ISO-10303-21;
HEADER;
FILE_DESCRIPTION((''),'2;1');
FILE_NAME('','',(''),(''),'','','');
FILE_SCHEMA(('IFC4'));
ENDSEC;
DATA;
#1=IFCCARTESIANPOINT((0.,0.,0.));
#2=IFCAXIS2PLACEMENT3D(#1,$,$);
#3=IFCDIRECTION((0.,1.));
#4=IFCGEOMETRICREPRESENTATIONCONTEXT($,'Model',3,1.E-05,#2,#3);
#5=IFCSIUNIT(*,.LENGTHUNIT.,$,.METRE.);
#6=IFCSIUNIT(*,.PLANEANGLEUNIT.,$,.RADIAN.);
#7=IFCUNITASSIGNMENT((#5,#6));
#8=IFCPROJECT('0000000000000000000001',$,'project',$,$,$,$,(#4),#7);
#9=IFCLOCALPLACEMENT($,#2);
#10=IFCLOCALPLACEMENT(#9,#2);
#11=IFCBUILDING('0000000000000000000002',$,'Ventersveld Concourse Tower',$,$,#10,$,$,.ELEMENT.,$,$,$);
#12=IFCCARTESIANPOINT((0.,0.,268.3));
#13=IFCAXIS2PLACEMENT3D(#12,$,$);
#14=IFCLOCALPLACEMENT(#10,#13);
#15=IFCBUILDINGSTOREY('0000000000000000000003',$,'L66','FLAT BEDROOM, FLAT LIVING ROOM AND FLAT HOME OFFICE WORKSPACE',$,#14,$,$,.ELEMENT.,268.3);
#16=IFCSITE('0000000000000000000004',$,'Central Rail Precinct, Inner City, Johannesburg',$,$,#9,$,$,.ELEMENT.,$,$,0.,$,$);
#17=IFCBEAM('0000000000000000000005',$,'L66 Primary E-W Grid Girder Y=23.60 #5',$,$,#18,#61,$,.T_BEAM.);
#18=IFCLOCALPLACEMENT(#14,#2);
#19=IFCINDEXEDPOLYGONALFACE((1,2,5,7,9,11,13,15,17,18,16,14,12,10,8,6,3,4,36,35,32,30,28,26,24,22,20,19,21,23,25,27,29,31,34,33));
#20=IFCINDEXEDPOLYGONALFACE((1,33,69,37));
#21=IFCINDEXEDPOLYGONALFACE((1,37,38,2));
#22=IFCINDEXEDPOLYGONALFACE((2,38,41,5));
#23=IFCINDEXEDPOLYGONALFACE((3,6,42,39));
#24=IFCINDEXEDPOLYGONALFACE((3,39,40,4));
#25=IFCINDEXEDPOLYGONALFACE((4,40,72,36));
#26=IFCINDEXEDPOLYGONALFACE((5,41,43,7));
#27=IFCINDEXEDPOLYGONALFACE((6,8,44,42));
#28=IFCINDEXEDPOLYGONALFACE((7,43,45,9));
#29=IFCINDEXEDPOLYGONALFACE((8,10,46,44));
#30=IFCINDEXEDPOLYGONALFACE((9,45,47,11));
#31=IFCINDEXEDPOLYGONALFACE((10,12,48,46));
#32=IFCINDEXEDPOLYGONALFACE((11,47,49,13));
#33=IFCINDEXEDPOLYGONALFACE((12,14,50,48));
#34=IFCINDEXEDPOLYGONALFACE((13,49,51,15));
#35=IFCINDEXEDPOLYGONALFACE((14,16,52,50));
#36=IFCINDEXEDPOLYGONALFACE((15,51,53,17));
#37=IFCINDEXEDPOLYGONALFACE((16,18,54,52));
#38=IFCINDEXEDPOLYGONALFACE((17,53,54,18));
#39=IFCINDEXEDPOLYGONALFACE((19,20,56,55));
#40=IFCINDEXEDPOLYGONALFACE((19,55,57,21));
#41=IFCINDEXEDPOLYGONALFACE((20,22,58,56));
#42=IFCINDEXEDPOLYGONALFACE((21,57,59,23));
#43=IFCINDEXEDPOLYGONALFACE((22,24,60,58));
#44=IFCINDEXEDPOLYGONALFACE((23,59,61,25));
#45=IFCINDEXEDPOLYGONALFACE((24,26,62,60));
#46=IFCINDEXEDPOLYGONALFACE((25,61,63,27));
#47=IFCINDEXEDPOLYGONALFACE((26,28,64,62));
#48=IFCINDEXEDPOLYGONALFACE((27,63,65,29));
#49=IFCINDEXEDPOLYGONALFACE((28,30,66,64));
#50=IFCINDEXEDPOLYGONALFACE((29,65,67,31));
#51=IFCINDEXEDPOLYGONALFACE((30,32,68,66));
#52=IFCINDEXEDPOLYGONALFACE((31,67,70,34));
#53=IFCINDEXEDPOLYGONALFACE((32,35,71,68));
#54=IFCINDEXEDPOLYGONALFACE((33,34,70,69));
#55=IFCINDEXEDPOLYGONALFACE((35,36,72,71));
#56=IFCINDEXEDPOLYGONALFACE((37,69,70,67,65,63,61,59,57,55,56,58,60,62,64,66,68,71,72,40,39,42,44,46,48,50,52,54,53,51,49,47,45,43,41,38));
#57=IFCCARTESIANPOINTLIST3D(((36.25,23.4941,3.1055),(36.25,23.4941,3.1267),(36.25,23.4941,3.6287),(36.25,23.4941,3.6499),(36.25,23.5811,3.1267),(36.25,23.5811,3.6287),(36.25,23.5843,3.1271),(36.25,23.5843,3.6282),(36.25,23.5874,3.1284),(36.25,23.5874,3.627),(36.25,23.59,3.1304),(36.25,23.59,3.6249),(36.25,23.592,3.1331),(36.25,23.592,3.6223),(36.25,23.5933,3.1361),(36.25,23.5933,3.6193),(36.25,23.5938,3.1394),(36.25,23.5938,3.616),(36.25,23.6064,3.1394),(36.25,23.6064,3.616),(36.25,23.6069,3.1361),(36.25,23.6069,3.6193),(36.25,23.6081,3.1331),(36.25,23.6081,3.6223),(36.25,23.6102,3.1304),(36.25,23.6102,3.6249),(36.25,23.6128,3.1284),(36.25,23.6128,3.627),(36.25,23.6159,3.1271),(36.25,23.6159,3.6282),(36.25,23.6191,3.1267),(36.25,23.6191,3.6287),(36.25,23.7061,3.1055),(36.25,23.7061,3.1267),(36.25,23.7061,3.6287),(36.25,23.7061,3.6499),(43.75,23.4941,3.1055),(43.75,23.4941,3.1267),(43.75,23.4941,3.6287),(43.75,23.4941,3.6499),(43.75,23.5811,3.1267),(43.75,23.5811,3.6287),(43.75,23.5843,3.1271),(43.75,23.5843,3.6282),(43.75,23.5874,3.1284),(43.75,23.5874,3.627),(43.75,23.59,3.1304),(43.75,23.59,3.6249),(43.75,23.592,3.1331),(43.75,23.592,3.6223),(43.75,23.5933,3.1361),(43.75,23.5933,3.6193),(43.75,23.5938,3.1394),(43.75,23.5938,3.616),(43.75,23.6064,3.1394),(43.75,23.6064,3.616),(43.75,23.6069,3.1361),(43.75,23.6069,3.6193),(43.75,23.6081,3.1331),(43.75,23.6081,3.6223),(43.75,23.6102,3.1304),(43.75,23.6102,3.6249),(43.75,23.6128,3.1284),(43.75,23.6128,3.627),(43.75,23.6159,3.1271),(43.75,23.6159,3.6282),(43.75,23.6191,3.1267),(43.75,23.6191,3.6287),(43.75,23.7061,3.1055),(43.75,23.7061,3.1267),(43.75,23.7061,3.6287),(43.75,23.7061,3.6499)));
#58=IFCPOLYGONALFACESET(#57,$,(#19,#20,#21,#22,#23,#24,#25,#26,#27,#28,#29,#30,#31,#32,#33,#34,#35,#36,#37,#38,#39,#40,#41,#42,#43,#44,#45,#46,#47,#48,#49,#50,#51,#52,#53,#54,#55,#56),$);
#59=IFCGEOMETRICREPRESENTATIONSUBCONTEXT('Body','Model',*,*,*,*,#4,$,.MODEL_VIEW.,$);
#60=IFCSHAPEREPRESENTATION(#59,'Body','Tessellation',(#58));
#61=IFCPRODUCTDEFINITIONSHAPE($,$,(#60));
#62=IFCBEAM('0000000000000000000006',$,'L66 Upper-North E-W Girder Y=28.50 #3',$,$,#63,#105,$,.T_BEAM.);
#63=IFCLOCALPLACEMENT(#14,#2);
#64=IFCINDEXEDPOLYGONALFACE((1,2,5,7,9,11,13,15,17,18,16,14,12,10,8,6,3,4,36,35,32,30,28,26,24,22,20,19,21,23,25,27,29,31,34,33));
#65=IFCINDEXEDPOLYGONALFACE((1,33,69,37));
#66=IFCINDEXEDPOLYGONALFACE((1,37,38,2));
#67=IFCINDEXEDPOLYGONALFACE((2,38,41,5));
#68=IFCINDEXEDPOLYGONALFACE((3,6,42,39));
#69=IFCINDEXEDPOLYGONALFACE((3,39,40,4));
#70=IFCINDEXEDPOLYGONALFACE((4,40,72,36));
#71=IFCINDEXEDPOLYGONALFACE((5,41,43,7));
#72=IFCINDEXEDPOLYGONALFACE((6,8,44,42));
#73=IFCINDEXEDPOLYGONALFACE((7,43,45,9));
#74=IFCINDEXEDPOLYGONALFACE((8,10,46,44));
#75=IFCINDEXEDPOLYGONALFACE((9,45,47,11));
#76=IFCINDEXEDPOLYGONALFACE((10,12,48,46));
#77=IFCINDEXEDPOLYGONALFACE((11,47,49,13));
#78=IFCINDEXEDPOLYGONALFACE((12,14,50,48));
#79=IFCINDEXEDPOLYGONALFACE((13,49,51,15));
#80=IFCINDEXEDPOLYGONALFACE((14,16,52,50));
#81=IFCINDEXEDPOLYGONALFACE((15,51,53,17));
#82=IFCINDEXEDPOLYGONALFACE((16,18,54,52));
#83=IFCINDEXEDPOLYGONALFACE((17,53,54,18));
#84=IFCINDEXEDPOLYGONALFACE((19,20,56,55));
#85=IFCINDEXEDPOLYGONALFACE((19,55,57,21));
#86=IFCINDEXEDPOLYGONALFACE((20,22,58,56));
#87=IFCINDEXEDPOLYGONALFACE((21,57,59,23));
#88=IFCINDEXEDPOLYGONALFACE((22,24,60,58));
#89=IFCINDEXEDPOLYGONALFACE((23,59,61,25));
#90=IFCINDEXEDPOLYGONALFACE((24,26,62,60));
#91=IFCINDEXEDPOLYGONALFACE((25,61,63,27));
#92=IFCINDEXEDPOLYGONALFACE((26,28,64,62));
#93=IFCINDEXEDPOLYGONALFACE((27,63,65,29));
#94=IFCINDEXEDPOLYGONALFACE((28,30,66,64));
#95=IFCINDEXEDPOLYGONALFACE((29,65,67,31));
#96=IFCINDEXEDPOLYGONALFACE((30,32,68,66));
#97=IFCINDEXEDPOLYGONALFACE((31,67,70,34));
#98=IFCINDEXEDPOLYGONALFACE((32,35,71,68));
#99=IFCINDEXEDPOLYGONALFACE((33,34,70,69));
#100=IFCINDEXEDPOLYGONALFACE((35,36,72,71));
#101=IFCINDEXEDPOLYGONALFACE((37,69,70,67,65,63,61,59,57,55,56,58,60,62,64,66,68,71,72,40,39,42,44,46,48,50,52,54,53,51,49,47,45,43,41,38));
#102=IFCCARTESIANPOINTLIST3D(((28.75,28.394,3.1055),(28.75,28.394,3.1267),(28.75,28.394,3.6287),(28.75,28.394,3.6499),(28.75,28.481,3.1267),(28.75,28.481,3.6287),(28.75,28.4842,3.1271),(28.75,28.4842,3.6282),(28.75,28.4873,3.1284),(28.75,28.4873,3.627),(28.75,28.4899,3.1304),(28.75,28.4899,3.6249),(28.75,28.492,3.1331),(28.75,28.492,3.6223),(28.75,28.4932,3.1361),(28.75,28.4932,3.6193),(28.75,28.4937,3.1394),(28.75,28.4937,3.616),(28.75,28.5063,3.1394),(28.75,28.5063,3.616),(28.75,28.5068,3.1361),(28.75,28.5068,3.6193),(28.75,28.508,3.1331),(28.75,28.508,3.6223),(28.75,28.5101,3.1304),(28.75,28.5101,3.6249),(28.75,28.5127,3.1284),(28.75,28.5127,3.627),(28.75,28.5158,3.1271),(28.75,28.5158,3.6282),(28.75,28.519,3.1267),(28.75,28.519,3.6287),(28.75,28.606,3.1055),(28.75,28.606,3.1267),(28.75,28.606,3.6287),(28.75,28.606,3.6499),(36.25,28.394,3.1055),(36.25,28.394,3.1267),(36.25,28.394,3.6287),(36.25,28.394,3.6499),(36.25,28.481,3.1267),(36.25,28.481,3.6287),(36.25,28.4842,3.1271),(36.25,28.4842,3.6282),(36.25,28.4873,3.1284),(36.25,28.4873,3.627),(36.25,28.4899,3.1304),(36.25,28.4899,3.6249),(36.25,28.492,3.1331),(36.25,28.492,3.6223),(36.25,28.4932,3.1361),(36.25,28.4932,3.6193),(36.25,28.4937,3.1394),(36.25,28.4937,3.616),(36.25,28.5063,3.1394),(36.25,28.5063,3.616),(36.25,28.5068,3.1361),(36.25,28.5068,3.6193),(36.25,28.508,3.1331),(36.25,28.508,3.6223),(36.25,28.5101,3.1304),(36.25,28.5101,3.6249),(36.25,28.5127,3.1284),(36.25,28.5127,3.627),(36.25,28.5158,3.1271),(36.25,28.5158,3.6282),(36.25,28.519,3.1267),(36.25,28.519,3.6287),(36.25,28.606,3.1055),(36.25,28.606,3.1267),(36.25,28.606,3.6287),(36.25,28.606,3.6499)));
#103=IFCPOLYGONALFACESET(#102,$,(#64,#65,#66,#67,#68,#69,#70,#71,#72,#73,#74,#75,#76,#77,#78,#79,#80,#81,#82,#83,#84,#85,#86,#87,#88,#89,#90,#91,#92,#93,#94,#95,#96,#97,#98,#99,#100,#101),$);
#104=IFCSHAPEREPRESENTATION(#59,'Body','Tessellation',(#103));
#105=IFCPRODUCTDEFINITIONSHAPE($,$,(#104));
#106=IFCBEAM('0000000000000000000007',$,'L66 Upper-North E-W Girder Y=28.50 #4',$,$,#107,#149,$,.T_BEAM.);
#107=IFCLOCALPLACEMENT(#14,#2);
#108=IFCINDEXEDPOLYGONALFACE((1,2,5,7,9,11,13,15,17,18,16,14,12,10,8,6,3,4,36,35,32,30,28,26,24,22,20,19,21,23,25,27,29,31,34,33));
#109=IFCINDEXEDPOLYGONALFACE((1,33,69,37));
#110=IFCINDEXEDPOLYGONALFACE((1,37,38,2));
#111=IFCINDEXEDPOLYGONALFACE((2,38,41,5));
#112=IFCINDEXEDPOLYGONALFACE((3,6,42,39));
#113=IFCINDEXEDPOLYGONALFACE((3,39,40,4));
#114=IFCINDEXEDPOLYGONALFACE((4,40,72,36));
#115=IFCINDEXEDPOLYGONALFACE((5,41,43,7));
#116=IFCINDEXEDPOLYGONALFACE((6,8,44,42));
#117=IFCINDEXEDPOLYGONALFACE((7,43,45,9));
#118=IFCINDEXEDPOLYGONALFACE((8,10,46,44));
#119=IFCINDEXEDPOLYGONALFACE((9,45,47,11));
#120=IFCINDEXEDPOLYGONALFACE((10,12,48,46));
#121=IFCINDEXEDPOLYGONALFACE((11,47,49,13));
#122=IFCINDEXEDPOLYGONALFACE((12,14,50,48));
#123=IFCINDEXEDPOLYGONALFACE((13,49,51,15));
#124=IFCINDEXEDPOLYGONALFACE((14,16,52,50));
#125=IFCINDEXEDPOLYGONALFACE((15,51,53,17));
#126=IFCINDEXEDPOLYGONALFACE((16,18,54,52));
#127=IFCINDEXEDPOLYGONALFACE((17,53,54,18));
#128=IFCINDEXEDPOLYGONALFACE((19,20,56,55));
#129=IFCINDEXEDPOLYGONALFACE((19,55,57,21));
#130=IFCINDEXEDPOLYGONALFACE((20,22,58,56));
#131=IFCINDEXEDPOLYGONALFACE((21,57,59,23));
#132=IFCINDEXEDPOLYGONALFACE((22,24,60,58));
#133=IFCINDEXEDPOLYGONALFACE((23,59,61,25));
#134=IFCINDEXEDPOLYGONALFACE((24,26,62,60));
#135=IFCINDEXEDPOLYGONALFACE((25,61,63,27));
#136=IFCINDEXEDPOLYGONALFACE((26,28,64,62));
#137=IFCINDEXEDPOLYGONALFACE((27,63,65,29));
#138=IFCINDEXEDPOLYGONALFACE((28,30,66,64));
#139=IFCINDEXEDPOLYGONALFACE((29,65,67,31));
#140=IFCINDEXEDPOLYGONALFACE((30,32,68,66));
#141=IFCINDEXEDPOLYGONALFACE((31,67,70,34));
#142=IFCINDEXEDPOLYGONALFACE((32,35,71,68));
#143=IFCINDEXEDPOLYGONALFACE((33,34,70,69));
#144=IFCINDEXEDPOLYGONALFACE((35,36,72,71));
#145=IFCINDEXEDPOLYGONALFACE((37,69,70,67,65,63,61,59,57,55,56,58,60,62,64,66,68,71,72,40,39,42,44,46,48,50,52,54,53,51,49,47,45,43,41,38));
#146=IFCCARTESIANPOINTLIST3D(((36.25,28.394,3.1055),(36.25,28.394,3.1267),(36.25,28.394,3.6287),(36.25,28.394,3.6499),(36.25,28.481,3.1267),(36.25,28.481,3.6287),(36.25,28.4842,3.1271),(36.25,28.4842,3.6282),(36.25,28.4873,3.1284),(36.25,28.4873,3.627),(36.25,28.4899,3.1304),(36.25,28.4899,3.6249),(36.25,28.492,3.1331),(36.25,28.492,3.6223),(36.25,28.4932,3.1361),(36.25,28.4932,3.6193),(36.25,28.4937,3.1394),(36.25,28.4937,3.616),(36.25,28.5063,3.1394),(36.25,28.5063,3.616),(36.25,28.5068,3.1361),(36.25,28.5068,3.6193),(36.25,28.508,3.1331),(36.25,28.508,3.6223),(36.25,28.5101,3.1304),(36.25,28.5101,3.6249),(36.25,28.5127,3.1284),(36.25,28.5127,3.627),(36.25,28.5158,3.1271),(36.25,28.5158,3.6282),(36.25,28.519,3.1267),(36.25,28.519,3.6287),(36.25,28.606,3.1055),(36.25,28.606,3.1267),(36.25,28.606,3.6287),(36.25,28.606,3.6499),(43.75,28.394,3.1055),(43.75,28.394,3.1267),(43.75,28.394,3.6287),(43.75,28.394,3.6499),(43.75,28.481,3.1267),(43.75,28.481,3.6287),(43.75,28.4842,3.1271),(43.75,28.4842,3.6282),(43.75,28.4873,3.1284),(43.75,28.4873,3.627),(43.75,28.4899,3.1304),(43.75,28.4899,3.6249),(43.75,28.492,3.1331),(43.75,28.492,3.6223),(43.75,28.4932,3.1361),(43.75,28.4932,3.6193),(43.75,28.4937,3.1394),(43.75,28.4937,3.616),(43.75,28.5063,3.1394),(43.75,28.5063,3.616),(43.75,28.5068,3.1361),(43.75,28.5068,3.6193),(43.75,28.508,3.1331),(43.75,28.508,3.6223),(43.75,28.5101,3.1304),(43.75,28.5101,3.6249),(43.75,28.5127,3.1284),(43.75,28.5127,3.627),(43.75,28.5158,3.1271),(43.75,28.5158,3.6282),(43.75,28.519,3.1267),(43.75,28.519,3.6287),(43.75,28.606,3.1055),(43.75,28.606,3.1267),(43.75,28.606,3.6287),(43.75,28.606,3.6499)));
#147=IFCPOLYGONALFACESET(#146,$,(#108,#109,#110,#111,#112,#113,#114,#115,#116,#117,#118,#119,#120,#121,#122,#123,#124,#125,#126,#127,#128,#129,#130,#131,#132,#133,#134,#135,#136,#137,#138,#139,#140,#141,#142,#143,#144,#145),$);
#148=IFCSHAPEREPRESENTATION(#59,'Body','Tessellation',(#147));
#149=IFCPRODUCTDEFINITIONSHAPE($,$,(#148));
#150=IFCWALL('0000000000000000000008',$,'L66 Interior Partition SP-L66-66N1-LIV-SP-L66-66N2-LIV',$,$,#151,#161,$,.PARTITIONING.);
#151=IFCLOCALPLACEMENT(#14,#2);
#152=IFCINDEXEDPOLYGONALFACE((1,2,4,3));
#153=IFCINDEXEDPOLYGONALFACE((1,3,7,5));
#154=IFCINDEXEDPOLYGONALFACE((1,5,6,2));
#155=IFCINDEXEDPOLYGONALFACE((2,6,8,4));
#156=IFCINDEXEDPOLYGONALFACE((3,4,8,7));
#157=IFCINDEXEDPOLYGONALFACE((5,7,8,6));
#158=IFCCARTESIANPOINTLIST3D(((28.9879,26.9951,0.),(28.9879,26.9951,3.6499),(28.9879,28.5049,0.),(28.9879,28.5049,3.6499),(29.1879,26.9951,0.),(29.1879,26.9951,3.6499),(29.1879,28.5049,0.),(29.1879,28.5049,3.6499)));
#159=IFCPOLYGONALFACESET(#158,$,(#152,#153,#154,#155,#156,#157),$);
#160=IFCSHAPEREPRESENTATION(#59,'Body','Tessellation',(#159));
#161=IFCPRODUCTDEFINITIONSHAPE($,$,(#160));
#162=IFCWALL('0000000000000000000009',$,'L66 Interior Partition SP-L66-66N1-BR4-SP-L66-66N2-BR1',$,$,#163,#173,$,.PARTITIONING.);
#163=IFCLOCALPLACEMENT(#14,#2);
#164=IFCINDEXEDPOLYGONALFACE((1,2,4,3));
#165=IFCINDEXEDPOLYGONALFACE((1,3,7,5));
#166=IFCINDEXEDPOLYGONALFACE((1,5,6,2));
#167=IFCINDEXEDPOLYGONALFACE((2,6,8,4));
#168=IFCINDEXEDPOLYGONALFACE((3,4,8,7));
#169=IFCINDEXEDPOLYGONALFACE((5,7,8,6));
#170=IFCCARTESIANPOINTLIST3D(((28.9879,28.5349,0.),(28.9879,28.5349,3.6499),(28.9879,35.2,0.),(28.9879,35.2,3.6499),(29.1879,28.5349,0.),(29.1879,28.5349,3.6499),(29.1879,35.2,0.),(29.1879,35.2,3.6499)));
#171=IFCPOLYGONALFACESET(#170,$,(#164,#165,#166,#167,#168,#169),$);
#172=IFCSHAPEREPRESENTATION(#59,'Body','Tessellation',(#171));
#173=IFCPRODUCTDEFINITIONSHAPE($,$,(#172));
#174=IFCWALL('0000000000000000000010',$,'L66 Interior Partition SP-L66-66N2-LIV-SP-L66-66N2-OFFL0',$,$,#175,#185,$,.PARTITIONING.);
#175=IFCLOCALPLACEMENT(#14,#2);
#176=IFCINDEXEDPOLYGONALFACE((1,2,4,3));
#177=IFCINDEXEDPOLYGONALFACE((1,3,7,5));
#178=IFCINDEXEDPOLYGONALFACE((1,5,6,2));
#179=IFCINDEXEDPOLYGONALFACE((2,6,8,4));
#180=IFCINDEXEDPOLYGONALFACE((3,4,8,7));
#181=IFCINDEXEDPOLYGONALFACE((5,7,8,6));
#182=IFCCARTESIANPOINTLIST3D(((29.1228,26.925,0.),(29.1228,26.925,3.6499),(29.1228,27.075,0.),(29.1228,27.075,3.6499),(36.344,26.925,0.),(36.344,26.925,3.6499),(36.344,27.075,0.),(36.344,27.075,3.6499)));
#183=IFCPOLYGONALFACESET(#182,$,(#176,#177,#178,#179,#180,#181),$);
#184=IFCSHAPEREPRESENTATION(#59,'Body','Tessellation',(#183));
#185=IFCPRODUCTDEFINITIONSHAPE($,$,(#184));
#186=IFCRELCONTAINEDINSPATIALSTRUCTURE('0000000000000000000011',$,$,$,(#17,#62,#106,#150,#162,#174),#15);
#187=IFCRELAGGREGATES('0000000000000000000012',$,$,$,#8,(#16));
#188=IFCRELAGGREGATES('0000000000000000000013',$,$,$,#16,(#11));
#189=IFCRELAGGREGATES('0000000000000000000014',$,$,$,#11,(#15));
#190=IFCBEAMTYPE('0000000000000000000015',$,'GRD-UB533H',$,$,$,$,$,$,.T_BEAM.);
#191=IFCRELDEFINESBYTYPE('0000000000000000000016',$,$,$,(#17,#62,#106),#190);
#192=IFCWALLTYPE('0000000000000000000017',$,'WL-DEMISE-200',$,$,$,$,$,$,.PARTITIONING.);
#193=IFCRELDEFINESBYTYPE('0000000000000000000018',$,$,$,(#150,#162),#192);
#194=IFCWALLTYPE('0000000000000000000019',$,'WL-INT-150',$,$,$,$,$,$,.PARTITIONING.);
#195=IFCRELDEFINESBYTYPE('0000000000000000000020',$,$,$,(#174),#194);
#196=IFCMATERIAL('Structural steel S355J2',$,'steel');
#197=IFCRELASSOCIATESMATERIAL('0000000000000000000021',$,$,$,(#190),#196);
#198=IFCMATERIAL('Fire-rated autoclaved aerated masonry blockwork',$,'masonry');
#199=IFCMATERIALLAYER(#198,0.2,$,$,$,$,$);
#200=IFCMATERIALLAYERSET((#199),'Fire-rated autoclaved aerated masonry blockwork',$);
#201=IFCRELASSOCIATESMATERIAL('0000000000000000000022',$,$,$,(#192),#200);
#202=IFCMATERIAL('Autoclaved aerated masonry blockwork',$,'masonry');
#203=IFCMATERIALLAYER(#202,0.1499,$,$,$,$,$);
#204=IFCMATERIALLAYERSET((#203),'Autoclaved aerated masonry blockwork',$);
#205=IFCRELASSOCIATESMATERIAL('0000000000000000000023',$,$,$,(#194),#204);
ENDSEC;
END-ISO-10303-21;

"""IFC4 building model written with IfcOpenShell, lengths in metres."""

from ifc_helpers import new_model, si_unit, direction, frame, frame_2d, origin, origin_2d, place, context, subcontext, project, spatial, rectangle, i_section, extrude, material, layer, layer_set, material_profile, profile_set, type_object, element, save


model = new_model("IFC4")

# Units and contexts
model_context = context("Model", 3, precision=1e-05, world=origin(), true_north=direction((0.0, 1.0)))
body_context = subcontext(model_context, "Body", "Model", "MODEL_VIEW")
ifc_project = project(units=[si_unit("LENGTHUNIT", "METRE"), si_unit("PLANEANGLEUNIT", "RADIAN")], contexts=[model_context])

# Site, building, storey
site_placement = place(None, origin())
site = spatial("IfcSite", under=ifc_project, at=site_placement, Name="Central Rail Precinct, Inner City, Johannesburg", CompositionType="ELEMENT", RefElevation=0.0)
building_placement = place(site_placement, origin())
building = spatial("IfcBuilding", under=site, at=building_placement, Name="Ventersveld Concourse Tower", CompositionType="ELEMENT")
storey_placement = place(building_placement, frame((0.0, 0.0, 268.3)))
storey = spatial("IfcBuildingStorey", under=building, at=storey_placement, Name="L66", Description="FLAT BEDROOM, FLAT LIVING ROOM AND FLAT HOME OFFICE WORKSPACE", CompositionType="ELEMENT", Elevation=268.3)

# Beams
ifc_material_1 = material(Name="Structural steel S355J2", Category="steel")
ifc_material_profile_1 = material_profile(ifc_material_1, i_section(OverallWidth=0.2119, OverallDepth=0.5444, WebThickness=0.0127, FlangeThickness=0.0212, FilletRadius=0.0127, at=origin_2d()), Name="UB 533x210x122")
ifc_profile_set_1 = profile_set([ifc_material_profile_1], Name="Structural steel S355J2")
beam_type_1 = type_object("IfcBeamType", Name="GRD-UB533H", PredefinedType="T_BEAM", material=ifc_profile_set_1)
for number, where, z_axis, x_axis, name in (
    (1, (36.25, 23.6001, 3.3777), (1.0, 0.0, 0.0), (0.0, 1.0, 0.0), "L66 Primary E-W Grid Girder Y=23.60 #5"),
    (2, (28.75, 28.5, 3.3777), (1.0, 0.0, 0.0), (0.0, 1.0, 0.0), "L66 Upper-North E-W Girder Y=28.50 #3"),
    (3, (36.25, 28.5, 3.3777), (1.0, 0.0, 0.0), (0.0, 1.0, 0.0), "L66 Upper-North E-W Girder Y=28.50 #4"),
):
    element("IfcBeam", number, at=place(storey_placement, frame(where, z_axis=z_axis, x_axis=x_axis)), inside=storey, type_object=beam_type_1, Name=name, PredefinedType="T_BEAM", context=body_context, shape_type="SweptSolid", body=[
        extrude(i_section(OverallWidth=0.2119, OverallDepth=0.5444, WebThickness=0.0127, FlangeThickness=0.0212, FilletRadius=0.0127, at=origin_2d()), origin(), (0.0, 0.0, 1.0), 7.5),
    ])

# Walls
ifc_material_2 = material(Name="Fire-rated autoclaved aerated masonry blockwork", Category="masonry")
ifc_layer_1 = layer(ifc_material_2, 0.2)
ifc_layer_set_1 = layer_set([ifc_layer_1], Name="Fire-rated autoclaved aerated masonry blockwork")
wall_type_1 = type_object("IfcWallType", Name="WL-DEMISE-200", PredefinedType="PARTITIONING", material=ifc_layer_set_1)
wall_1_placement = place(storey_placement, frame((29.0879, 26.9951, 0.0), z_axis=(0.0, 0.0, 1.0), x_axis=(0.0, 1.0, 0.0)))
element("IfcWall", 4, at=wall_1_placement, inside=storey, type_object=wall_type_1, Name="L66 Interior Partition SP-L66-66N1-LIV-SP-L66-66N2-LIV", PredefinedType="PARTITIONING", context=body_context, shape_type="SweptSolid", body=[
    extrude(rectangle(XDim=1.5098, YDim=0.2, at=frame_2d((0.7549, 0.0))), origin(), (0.0, 0.0, 1.0), 3.6499),
])
wall_2_placement = place(storey_placement, frame((29.0879, 28.5349, 0.0), z_axis=(0.0, 0.0, 1.0), x_axis=(0.0, 1.0, 0.0)))
element("IfcWall", 5, at=wall_2_placement, inside=storey, type_object=wall_type_1, Name="L66 Interior Partition SP-L66-66N1-BR4-SP-L66-66N2-BR1", PredefinedType="PARTITIONING", context=body_context, shape_type="SweptSolid", body=[
    extrude(rectangle(XDim=6.665, YDim=0.2, at=frame_2d((3.3325, 0.0))), origin(), (0.0, 0.0, 1.0), 3.6499),
])
ifc_material_3 = material(Name="Autoclaved aerated masonry blockwork", Category="masonry")
ifc_layer_2 = layer(ifc_material_3, 0.1499)
ifc_layer_set_2 = layer_set([ifc_layer_2], Name="Autoclaved aerated masonry blockwork")
wall_type_2 = type_object("IfcWallType", Name="WL-INT-150", PredefinedType="PARTITIONING", material=ifc_layer_set_2)
wall_3_placement = place(storey_placement, frame((29.1228, 27.0, 0.0), z_axis=(0.0, 0.0, 1.0), x_axis=(1.0, 0.0, 0.0)))
element("IfcWall", 6, at=wall_3_placement, inside=storey, type_object=wall_type_2, Name="L66 Interior Partition SP-L66-66N2-LIV-SP-L66-66N2-OFFL0", PredefinedType="PARTITIONING", context=body_context, shape_type="SweptSolid", body=[
    extrude(rectangle(XDim=7.2212, YDim=0.1499, at=frame_2d((3.6106, 0.0))), origin(), (0.0, 0.0, 1.0), 3.6499),
])

save(model, "model.ifc")
